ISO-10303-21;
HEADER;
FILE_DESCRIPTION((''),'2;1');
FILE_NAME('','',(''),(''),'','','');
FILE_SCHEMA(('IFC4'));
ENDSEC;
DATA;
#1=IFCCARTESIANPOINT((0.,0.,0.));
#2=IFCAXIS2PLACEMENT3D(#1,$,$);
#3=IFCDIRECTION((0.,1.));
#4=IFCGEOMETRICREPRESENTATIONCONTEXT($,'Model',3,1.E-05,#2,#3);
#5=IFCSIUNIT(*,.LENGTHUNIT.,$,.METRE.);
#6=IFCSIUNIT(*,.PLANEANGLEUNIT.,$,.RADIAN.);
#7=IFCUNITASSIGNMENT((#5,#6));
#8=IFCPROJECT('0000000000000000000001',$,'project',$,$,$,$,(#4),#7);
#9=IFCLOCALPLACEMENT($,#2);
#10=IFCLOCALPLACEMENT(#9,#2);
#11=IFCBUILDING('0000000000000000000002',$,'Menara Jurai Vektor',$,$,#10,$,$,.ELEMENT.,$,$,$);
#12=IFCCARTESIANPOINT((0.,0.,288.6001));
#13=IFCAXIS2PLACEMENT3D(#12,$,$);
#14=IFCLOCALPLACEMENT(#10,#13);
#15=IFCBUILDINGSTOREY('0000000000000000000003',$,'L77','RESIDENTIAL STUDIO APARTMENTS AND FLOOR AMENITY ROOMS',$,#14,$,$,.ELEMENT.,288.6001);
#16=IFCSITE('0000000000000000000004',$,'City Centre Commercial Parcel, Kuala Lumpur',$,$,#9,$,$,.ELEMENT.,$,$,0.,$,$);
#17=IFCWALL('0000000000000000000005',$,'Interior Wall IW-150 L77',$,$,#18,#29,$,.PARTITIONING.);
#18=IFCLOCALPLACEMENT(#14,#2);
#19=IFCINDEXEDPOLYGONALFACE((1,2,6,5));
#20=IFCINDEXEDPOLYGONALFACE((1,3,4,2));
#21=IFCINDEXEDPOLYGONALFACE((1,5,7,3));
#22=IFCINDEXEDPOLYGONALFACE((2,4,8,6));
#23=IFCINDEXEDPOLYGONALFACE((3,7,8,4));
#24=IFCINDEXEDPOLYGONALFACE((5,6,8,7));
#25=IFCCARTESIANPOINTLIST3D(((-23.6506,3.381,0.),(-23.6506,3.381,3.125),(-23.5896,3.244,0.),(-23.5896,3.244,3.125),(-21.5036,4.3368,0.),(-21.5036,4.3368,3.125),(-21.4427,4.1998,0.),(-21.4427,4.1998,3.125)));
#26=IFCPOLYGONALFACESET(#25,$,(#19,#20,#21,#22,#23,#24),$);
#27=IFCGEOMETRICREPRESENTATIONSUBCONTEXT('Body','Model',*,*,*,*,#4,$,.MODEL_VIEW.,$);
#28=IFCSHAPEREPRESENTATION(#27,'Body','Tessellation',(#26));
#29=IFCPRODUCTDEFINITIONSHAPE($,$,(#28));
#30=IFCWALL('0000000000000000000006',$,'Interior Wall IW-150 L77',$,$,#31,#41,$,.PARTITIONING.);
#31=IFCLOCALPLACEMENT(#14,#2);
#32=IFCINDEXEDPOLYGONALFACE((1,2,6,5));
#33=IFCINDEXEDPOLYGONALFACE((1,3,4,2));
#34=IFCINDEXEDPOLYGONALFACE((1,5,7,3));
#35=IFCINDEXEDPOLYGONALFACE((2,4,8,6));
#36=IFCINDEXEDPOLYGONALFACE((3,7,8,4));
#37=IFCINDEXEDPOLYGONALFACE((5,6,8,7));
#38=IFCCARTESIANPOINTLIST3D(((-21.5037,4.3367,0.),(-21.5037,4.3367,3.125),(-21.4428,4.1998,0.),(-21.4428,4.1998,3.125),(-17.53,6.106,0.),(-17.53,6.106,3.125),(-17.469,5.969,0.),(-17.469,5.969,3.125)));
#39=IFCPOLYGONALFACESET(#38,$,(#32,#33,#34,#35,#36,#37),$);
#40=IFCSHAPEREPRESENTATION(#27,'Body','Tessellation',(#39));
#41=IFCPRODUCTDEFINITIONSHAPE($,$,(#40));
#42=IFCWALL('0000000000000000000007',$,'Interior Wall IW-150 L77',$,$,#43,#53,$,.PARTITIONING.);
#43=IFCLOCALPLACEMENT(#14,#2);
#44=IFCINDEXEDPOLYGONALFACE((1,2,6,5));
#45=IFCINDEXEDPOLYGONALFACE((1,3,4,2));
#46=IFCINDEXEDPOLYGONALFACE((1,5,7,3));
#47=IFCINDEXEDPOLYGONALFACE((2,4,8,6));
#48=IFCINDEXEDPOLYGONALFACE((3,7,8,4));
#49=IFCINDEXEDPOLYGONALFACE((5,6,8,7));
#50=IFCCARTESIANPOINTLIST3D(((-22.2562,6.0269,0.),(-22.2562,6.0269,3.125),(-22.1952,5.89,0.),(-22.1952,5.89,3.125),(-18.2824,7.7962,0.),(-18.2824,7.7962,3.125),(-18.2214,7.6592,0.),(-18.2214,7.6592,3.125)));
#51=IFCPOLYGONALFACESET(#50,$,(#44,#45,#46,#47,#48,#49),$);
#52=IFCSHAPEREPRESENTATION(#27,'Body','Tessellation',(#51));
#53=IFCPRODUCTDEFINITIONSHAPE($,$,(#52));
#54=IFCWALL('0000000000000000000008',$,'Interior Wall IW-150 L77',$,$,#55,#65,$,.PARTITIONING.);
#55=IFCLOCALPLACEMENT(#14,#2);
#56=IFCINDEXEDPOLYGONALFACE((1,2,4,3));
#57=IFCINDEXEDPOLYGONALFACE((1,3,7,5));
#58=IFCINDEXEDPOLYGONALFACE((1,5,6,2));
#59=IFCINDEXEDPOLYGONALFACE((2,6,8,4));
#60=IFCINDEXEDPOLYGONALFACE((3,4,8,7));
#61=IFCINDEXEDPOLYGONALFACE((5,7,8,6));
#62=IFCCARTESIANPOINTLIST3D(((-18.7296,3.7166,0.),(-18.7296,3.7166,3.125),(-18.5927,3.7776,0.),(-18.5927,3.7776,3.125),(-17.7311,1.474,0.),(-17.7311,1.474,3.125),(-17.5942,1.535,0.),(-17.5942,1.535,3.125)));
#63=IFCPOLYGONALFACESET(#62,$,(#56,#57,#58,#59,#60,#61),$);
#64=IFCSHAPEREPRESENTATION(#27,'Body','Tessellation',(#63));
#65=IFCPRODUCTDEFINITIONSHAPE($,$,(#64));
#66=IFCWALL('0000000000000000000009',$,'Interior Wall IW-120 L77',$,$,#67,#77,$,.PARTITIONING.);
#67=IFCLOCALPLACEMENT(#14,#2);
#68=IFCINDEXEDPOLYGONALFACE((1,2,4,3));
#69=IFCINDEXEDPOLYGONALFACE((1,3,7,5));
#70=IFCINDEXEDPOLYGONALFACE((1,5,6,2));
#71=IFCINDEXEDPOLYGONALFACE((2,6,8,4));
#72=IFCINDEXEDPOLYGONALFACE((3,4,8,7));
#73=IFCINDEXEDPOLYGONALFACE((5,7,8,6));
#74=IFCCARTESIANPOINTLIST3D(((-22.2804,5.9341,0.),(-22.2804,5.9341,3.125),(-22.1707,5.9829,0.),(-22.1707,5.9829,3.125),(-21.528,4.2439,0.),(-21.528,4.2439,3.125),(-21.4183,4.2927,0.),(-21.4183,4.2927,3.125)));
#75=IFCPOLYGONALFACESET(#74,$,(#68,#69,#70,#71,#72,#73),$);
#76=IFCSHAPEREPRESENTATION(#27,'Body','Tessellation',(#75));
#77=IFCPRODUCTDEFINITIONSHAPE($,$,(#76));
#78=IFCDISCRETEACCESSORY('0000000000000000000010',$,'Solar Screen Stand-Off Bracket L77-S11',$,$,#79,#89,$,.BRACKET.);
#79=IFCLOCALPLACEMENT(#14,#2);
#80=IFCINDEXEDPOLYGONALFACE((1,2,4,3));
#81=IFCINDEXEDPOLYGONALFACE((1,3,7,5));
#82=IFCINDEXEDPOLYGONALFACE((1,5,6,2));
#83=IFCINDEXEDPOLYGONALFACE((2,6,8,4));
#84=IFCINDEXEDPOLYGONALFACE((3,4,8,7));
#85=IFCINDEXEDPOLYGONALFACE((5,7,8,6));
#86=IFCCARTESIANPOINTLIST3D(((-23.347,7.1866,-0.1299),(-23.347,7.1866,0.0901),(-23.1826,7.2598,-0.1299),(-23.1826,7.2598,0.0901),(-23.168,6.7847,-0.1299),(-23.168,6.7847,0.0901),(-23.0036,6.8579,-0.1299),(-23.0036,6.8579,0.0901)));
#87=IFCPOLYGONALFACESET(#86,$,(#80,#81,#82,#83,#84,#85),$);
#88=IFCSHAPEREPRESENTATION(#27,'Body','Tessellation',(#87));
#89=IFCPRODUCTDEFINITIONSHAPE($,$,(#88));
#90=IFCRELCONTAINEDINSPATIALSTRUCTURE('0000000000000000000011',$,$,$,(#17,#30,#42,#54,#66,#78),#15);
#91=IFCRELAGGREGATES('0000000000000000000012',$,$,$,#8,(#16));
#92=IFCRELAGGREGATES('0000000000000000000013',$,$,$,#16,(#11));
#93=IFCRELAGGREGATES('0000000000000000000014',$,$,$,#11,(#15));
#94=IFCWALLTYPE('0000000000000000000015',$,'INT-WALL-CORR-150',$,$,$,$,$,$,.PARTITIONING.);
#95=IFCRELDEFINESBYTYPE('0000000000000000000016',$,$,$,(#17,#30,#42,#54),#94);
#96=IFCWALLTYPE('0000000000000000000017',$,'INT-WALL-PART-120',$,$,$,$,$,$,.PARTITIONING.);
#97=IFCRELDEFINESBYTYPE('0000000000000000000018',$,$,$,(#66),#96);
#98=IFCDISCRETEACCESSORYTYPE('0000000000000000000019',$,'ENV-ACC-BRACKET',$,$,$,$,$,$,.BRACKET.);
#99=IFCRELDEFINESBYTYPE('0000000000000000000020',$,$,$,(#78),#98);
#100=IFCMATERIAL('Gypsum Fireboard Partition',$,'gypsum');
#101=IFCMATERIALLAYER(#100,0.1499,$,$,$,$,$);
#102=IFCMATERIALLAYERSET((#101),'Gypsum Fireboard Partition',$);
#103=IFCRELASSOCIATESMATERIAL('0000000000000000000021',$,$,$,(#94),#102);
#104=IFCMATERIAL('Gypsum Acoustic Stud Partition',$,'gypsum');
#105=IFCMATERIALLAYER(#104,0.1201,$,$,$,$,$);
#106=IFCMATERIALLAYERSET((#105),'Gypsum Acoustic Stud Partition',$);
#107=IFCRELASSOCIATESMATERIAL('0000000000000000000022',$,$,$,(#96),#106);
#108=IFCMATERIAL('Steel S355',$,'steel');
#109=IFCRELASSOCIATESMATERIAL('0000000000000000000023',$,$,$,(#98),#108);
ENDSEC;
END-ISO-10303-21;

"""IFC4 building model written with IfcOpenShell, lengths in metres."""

from ifc_helpers import new_model, si_unit, direction, frame, frame_2d, origin, origin_2d, place, context, subcontext, project, spatial, rectangle, extrude, material, layer, layer_set, type_object, element, save


model = new_model("IFC4")

# Units and contexts
model_context = context("Model", 3, precision=1e-05, world=origin(), true_north=direction((0.0, 1.0)))
body_context = subcontext(model_context, "Body", "Model", "MODEL_VIEW")
ifc_project = project(units=[si_unit("LENGTHUNIT", "METRE"), si_unit("PLANEANGLEUNIT", "RADIAN")], contexts=[model_context])

# Site, building, storey
site_placement = place(None, origin())
site = spatial("IfcSite", under=ifc_project, at=site_placement, Name="City Centre Commercial Parcel, Kuala Lumpur", CompositionType="ELEMENT", RefElevation=0.0)
building_placement = place(site_placement, origin())
building = spatial("IfcBuilding", under=site, at=building_placement, Name="Menara Jurai Vektor", CompositionType="ELEMENT")
storey_placement = place(building_placement, frame((0.0, 0.0, 288.6001)))
storey = spatial("IfcBuildingStorey", under=building, at=storey_placement, Name="L77", Description="RESIDENTIAL STUDIO APARTMENTS AND FLOOR AMENITY ROOMS", CompositionType="ELEMENT", Elevation=288.6001)

# Shared definitions
ifc_material_1 = material(Name="Steel S355", Category="steel")

# Shared definitions
ifc_material_2 = material(Name="Gypsum Fireboard Partition", Category="gypsum")
ifc_layer_1 = layer(ifc_material_2, 0.1499)
ifc_layer_set_1 = layer_set([ifc_layer_1], Name="Gypsum Fireboard Partition")
wall_type_1 = type_object("IfcWallType", Name="INT-WALL-CORR-150", PredefinedType="PARTITIONING", material=ifc_layer_set_1)

# Walls
wall_1_placement = place(storey_placement, frame((-23.6201, 3.3125, 0.0), z_axis=(0.0, 0.0, 1.0), x_axis=(0.913559, 0.406707, 0.0)))
element("IfcWall", 1, at=wall_1_placement, inside=storey, type_object=wall_type_1, Name="Interior Wall IW-150 L77", PredefinedType="PARTITIONING", context=body_context, shape_type="SweptSolid", body=[
    extrude(rectangle(XDim=2.3501, YDim=0.1499, at=frame_2d((1.175, 0.0))), origin(), (0.0, 0.0, 1.0), 3.125),
])
wall_2_placement = place(storey_placement, frame((-21.4731, 4.2683, 0.0), z_axis=(0.0, 0.0, 1.0), x_axis=(0.913545, 0.406737, 0.0)))
element("IfcWall", 2, at=wall_2_placement, inside=storey, type_object=wall_type_1, Name="Interior Wall IW-150 L77", PredefinedType="PARTITIONING", context=body_context, shape_type="SweptSolid", body=[
    extrude(rectangle(XDim=4.3499, YDim=0.1499, at=frame_2d((2.1748, 0.0))), origin(), (0.0, 0.0, 1.0), 3.125),
])

# Wall
wall_3_placement = place(storey_placement, frame((-22.2256, 5.9585, 0.0), z_axis=(0.0, 0.0, 1.0), x_axis=(0.913545, 0.406737, 0.0)))
element("IfcWall", 3, at=wall_3_placement, inside=storey, type_object=wall_type_1, Name="Interior Wall IW-150 L77", PredefinedType="PARTITIONING", context=body_context, shape_type="SweptSolid", body=[
    extrude(rectangle(XDim=4.3499, YDim=0.1499, at=frame_2d((2.1748, 0.0))), origin(), (0.0, 0.0, 1.0), 3.125),
])

# Walls
wall_4_placement = place(storey_placement, frame((-17.6626, 1.5044, 0.0), z_axis=(0.0, 0.0, 1.0), x_axis=(-0.406747, 0.913541, 0.0)))
element("IfcWall", 4, at=wall_4_placement, inside=storey, type_object=wall_type_1, Name="Interior Wall IW-150 L77", PredefinedType="PARTITIONING", context=body_context, shape_type="SweptSolid", body=[
    extrude(rectangle(XDim=2.4548, YDim=0.1499, at=frame_2d((1.2275, 0.0))), origin(), (0.0, 0.0, 1.0), 3.125),
])
ifc_material_3 = material(Name="Gypsum Acoustic Stud Partition", Category="gypsum")
ifc_layer_2 = layer(ifc_material_3, 0.1201)
ifc_layer_set_2 = layer_set([ifc_layer_2], Name="Gypsum Acoustic Stud Partition")
wall_type_2 = type_object("IfcWallType", Name="INT-WALL-PART-120", PredefinedType="PARTITIONING", material=ifc_layer_set_2)
wall_5_placement = place(storey_placement, frame((-21.4731, 4.2683, 0.0), z_axis=(0.0, 0.0, 1.0), x_axis=(-0.406702, 0.913561, 0.0)))
element("IfcWall", 5, at=wall_5_placement, inside=storey, type_object=wall_type_2, Name="Interior Wall IW-120 L77", PredefinedType="PARTITIONING", context=body_context, shape_type="SweptSolid", body=[
    extrude(rectangle(XDim=1.8501, YDim=0.1201, at=frame_2d((0.925, 0.0))), origin(), (0.0, 0.0, 1.0), 3.125),
])

# Discrete accessory
discrete_accessory_type = type_object("IfcDiscreteAccessoryType", Name="ENV-ACC-BRACKET", PredefinedType="BRACKET", material=ifc_material_1)
discrete_accessory_placement = place(storey_placement, frame((-23.1753, 7.0222, -0.1299), z_axis=(0.0, 0.0, 1.0), x_axis=(-0.913545, -0.406737, 0.0)))
element("IfcDiscreteAccessory", 6, at=discrete_accessory_placement, inside=storey, type_object=discrete_accessory_type, Name="Solar Screen Stand-Off Bracket L77-S11", PredefinedType="BRACKET", context=body_context, shape_type="SweptSolid", body=[
    extrude(rectangle(XDim=0.1799, YDim=0.4399, at=origin_2d()), origin(), (0.0, 0.0, 1.0), 0.22),
])

save(model, "model.ifc")
